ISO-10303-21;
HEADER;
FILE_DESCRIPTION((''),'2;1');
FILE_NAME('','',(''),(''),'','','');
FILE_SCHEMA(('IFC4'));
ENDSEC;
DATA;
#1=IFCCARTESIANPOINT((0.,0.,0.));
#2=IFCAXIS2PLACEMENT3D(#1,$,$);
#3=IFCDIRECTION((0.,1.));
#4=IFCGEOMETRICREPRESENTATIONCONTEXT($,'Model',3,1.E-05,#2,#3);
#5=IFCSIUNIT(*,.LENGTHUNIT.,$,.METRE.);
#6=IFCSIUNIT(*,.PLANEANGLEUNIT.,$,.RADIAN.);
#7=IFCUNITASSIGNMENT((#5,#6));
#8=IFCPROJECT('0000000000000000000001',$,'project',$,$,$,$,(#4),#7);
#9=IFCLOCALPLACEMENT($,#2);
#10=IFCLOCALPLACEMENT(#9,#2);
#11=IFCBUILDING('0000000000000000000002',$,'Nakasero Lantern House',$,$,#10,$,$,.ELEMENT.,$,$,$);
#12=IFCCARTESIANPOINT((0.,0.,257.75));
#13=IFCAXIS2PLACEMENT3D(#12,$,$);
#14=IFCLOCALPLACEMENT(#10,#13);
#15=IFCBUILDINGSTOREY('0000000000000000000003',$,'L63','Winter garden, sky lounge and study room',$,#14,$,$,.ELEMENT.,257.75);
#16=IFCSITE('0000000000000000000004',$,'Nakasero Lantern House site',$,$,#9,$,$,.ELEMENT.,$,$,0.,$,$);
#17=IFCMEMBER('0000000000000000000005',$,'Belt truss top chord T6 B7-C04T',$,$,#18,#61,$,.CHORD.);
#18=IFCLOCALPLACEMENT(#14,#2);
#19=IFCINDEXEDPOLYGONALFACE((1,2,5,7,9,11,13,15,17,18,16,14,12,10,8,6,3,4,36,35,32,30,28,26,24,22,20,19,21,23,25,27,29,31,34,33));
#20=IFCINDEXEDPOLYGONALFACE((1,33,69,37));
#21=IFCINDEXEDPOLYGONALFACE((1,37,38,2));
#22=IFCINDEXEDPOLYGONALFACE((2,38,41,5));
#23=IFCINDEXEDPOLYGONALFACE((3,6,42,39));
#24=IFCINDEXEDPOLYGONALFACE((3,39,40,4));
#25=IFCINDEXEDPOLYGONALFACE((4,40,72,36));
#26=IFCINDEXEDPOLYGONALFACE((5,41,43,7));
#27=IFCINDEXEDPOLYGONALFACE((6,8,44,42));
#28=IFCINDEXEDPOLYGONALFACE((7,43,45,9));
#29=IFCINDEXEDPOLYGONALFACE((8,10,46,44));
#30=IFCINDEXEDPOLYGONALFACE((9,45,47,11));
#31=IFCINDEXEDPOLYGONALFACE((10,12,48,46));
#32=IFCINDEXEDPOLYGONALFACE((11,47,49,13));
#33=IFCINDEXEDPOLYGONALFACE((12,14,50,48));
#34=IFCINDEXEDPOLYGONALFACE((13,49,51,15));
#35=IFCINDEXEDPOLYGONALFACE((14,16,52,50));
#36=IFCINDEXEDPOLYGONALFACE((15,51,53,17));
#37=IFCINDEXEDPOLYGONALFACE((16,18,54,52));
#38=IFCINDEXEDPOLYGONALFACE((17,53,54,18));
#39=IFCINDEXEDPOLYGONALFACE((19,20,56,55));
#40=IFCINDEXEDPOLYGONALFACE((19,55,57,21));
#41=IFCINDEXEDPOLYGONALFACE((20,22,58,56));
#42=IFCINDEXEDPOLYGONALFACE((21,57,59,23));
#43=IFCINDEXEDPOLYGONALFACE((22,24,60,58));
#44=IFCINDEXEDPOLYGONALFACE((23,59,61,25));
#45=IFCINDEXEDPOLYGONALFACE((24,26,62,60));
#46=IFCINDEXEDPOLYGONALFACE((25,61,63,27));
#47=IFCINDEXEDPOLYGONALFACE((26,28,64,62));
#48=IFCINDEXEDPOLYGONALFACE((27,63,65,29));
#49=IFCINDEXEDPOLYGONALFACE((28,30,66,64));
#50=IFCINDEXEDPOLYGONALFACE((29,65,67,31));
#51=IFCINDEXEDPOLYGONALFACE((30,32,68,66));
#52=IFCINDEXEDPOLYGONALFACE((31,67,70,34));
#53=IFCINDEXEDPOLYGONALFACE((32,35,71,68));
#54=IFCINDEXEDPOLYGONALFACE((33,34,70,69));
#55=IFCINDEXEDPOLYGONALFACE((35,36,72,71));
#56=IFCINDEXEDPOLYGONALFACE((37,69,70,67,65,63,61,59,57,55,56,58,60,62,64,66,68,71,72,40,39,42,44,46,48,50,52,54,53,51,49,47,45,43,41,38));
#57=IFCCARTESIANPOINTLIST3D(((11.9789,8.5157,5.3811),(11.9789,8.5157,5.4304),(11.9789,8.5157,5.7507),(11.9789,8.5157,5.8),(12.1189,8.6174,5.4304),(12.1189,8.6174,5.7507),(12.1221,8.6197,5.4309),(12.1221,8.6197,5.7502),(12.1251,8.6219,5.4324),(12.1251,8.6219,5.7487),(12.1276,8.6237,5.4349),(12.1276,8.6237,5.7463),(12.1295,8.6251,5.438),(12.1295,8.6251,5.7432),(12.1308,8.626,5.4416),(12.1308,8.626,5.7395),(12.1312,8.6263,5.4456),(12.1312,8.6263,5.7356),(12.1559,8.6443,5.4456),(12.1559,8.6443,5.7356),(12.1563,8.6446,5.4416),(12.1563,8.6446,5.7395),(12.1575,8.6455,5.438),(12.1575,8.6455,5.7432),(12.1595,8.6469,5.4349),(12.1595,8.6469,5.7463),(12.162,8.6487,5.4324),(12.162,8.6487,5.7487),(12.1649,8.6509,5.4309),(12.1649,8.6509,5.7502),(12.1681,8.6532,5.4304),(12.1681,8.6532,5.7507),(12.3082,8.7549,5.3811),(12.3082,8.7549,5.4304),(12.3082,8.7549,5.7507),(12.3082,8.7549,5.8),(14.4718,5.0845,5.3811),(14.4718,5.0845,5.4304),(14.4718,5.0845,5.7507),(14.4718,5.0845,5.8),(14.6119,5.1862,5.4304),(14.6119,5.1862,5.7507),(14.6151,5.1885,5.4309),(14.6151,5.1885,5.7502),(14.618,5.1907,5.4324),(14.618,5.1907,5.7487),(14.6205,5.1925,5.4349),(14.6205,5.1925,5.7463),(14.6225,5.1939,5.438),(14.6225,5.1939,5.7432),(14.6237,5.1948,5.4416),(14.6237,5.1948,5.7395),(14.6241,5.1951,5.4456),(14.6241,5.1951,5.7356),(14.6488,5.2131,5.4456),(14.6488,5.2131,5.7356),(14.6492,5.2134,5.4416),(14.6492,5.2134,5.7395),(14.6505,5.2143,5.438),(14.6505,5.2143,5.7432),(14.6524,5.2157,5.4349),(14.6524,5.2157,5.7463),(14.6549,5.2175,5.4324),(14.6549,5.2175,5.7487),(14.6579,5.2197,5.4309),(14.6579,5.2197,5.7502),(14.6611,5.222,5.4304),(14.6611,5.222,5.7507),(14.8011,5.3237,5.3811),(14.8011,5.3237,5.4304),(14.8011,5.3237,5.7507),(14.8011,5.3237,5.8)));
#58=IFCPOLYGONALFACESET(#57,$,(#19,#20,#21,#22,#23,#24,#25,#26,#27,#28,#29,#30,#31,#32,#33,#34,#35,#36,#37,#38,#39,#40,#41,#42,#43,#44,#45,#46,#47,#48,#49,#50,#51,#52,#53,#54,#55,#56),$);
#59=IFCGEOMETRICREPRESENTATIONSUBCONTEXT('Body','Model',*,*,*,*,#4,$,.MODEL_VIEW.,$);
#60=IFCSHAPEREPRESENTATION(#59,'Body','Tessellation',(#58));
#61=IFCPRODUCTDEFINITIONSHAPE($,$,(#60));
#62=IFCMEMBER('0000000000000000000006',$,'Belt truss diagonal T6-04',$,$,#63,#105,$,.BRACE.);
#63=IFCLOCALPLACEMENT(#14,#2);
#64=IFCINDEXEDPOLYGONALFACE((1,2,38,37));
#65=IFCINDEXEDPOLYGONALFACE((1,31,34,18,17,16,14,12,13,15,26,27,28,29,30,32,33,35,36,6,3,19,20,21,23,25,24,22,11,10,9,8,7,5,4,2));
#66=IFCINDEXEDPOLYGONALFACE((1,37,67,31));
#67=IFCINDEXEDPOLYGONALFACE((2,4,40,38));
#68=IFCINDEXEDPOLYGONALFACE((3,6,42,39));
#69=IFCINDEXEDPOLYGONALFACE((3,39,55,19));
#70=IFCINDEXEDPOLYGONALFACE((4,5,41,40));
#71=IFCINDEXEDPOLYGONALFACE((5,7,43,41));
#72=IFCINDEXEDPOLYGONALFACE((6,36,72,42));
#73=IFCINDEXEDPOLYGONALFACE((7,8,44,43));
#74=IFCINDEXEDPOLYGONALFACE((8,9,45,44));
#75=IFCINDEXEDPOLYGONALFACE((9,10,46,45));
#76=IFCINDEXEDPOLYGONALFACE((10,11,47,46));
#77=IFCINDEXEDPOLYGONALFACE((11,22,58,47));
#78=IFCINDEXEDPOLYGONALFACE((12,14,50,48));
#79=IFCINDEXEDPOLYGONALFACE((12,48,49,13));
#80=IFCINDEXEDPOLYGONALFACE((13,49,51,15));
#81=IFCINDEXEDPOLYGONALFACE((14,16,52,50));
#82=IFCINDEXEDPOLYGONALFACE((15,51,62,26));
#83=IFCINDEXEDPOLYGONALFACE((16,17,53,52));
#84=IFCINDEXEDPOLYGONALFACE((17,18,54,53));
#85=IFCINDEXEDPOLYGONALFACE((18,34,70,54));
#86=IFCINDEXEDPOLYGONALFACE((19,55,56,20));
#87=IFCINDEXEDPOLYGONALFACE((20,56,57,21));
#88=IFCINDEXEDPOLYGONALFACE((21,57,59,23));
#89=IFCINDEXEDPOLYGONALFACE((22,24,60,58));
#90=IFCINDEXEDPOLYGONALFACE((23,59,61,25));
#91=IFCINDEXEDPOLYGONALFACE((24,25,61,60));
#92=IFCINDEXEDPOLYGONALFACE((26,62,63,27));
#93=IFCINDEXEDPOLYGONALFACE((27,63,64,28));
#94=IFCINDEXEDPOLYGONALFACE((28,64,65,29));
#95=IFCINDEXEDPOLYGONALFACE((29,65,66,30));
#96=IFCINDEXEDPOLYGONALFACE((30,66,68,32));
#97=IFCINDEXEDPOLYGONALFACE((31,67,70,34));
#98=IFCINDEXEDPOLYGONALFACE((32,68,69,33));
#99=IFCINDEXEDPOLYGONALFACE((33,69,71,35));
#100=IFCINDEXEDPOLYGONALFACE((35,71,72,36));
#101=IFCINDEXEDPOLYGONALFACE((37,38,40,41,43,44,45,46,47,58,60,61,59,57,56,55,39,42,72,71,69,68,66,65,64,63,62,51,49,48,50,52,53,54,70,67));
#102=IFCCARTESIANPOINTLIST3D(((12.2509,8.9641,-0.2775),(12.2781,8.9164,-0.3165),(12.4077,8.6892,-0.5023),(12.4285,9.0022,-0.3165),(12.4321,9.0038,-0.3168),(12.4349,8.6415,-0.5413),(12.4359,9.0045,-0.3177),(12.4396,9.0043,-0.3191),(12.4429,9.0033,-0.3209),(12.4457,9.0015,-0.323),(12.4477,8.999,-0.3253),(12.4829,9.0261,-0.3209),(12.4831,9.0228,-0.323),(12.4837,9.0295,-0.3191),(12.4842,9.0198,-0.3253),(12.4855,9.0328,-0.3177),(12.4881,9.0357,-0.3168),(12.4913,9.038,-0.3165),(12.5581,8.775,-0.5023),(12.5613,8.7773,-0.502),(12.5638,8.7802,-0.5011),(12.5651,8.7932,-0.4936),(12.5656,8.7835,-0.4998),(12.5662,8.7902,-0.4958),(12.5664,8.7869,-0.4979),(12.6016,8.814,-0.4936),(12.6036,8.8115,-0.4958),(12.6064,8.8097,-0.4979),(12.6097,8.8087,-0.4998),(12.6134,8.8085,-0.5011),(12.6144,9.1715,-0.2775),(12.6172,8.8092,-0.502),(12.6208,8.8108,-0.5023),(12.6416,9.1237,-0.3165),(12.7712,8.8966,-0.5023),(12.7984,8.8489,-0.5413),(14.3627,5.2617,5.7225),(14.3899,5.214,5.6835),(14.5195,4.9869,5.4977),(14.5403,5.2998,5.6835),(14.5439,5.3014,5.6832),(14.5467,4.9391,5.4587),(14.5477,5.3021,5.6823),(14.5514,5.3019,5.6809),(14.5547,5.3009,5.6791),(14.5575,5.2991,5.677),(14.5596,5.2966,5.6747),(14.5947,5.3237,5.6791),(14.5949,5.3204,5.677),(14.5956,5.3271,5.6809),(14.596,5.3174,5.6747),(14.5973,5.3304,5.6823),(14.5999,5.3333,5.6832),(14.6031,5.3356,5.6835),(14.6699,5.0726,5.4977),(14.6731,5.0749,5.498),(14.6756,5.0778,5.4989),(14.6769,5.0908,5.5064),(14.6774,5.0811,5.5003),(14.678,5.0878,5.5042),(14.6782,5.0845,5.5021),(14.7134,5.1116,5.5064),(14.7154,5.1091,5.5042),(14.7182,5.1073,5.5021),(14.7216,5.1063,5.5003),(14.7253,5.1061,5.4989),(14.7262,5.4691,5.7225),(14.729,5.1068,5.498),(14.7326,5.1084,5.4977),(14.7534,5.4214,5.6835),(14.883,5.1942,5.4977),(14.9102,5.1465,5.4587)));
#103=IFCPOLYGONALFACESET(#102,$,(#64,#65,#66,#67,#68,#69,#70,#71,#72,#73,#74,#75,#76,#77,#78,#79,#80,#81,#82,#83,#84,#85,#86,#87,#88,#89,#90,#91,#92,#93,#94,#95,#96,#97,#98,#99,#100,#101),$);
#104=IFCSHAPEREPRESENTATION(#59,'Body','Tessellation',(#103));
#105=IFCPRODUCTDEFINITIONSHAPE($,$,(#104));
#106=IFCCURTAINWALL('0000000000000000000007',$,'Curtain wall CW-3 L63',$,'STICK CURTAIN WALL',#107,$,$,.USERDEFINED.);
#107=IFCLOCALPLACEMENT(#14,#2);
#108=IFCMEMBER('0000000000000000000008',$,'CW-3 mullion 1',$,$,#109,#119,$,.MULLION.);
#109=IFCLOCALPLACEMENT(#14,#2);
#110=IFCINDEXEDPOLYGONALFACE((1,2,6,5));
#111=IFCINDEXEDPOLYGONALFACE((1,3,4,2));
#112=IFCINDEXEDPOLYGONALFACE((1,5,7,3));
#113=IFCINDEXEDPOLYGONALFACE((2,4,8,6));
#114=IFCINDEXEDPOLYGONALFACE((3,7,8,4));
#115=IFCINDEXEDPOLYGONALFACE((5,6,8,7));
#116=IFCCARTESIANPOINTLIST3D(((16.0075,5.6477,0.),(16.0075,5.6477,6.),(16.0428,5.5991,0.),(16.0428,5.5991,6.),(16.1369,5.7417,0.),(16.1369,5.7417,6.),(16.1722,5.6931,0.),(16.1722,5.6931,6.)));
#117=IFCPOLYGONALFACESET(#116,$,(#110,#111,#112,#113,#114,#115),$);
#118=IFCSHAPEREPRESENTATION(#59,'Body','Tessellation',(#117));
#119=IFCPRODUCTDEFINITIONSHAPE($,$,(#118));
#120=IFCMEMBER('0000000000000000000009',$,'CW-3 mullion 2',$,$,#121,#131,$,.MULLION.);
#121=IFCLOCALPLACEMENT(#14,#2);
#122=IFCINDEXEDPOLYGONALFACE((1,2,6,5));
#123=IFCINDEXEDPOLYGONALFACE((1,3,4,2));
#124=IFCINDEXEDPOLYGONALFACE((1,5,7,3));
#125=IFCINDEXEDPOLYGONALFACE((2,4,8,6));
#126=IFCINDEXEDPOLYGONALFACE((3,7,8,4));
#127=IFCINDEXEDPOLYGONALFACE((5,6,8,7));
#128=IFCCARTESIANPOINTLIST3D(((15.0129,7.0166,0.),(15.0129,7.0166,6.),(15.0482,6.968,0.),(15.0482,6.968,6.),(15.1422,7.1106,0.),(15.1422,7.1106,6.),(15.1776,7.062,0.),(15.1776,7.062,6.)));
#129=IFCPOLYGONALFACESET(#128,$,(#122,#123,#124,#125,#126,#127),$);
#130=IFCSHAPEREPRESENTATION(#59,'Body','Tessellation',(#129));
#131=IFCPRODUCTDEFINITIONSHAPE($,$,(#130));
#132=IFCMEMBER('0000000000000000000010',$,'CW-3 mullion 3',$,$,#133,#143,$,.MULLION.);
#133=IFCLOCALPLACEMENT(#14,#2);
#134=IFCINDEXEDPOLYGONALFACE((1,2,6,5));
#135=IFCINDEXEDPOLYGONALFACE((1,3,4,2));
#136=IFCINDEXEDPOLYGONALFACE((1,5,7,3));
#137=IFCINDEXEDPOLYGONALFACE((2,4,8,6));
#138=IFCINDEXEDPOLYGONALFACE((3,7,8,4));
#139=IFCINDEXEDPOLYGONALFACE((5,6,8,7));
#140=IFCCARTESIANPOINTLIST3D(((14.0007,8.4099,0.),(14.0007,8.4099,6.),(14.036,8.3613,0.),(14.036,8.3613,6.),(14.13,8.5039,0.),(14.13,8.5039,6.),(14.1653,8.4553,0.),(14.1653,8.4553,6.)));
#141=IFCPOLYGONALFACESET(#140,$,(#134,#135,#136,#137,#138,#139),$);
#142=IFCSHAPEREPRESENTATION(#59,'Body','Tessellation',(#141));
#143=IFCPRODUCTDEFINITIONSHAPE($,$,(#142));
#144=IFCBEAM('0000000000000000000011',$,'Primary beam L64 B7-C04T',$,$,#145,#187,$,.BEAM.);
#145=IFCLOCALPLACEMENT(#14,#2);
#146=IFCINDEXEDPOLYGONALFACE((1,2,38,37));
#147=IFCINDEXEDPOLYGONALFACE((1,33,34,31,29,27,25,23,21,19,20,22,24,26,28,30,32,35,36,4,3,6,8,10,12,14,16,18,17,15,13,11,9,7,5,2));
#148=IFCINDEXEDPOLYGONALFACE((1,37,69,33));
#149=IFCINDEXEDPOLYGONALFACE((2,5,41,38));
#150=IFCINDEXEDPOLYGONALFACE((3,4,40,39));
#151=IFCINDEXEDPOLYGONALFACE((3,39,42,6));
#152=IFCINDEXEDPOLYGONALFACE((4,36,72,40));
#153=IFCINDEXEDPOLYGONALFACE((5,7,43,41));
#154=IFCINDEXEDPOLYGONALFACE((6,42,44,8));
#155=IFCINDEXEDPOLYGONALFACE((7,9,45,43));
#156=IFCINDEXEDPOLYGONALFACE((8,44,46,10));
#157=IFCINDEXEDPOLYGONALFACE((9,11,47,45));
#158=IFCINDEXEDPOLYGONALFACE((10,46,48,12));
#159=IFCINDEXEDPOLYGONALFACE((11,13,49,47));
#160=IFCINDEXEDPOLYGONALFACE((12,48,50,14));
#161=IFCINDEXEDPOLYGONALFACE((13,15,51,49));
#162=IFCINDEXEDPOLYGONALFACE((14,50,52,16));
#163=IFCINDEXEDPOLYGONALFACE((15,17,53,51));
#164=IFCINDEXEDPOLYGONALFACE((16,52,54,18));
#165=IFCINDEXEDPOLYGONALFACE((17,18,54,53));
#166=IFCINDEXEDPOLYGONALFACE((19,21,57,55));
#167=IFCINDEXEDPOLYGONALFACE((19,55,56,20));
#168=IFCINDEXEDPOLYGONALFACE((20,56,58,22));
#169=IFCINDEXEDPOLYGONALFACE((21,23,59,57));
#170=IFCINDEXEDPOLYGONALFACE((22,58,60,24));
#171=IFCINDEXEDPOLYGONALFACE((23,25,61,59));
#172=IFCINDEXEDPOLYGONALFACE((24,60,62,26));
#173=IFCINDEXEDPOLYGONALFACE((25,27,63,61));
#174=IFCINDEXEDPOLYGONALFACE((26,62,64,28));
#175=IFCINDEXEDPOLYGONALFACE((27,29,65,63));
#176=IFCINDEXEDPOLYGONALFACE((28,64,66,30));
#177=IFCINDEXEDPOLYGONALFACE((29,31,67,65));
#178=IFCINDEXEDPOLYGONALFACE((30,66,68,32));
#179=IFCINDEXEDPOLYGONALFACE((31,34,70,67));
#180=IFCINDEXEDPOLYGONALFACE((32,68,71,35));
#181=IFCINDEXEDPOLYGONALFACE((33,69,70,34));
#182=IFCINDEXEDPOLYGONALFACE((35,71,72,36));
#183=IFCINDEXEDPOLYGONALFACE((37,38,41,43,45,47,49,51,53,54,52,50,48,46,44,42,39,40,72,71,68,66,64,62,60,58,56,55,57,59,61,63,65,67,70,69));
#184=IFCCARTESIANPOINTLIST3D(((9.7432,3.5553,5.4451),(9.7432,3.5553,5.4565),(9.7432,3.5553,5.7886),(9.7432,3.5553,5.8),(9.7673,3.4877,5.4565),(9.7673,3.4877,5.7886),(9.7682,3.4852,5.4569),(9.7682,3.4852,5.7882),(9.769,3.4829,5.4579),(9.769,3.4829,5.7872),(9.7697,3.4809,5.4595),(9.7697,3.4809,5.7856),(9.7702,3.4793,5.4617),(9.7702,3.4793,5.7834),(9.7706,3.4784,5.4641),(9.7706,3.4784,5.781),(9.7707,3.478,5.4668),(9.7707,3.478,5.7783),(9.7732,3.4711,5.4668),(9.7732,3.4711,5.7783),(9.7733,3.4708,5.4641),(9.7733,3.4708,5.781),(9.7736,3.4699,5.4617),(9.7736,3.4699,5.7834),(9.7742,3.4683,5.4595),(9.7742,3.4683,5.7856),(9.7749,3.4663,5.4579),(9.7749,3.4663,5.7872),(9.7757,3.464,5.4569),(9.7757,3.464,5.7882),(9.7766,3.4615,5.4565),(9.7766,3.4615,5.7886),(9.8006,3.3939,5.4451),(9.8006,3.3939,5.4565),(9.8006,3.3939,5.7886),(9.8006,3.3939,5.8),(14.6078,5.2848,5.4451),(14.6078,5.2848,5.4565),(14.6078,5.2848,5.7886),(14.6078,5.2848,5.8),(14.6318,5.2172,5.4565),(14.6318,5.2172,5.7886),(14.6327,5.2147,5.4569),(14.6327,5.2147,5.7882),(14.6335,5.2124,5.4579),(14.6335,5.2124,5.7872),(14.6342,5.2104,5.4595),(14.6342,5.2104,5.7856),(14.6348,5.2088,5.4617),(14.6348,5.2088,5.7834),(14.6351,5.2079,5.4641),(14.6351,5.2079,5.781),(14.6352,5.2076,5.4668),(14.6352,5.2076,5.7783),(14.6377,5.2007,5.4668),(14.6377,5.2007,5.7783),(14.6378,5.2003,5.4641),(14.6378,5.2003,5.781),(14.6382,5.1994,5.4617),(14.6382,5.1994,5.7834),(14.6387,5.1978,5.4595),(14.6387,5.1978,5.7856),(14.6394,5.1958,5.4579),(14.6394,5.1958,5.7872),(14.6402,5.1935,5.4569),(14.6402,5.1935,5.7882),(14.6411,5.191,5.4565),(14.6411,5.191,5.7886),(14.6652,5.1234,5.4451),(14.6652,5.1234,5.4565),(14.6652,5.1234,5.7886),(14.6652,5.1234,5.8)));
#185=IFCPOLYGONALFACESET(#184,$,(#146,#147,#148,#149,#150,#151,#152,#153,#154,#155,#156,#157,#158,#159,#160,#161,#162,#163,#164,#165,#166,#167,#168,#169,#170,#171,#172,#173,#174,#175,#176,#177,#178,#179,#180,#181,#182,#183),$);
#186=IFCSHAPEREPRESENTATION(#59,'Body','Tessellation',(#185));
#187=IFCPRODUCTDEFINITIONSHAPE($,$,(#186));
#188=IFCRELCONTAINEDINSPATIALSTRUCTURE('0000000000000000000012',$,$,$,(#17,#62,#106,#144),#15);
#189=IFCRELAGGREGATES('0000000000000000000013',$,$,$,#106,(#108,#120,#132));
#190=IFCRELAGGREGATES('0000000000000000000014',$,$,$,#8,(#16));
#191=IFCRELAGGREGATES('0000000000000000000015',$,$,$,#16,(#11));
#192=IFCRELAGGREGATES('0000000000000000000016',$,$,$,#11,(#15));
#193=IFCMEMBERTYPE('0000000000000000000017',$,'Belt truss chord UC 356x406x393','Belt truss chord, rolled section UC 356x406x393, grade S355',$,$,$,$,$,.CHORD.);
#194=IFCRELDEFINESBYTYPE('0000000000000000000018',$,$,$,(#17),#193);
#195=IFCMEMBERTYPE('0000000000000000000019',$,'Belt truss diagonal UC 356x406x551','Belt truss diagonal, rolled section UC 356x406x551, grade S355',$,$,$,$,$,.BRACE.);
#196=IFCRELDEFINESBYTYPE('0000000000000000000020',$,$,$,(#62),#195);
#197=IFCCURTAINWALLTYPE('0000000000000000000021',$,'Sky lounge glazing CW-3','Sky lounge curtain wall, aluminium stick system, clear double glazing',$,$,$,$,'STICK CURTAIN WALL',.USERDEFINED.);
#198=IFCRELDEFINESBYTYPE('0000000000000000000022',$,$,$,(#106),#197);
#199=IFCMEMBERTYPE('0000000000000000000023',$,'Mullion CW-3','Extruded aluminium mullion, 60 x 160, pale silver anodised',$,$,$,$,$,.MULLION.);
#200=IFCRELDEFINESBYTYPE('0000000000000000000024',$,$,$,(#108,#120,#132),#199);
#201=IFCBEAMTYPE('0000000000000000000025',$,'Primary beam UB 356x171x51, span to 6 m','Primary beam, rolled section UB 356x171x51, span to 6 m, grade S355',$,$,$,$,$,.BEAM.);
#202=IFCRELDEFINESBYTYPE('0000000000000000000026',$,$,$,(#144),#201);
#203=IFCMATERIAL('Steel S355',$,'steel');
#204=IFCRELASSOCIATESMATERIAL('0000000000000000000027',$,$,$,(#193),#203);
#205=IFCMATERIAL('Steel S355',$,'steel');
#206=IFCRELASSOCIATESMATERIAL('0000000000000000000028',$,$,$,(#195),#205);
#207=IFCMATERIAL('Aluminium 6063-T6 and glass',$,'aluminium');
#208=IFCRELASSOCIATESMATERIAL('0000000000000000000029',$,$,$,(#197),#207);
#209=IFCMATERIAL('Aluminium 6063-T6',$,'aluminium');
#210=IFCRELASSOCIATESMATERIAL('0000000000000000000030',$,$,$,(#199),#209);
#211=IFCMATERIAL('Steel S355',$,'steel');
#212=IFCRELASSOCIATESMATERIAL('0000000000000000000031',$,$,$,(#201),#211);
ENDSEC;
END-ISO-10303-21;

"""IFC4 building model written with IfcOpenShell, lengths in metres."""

from ifc_helpers import new_model, si_unit, direction, frame, origin, origin_2d, place, context, subcontext, project, spatial, rectangle, i_section, extrude, material, material_profile, profile_set, type_object, element, aggregate, save


model = new_model("IFC4")

# Units and contexts
model_context = context("Model", 3, precision=1e-05, world=origin(), true_north=direction((0.0, 1.0)))
body_context = subcontext(model_context, "Body", "Model", "MODEL_VIEW")
ifc_project = project(units=[si_unit("LENGTHUNIT", "METRE"), si_unit("PLANEANGLEUNIT", "RADIAN")], contexts=[model_context])

# Site, building, storey
site_placement = place(None, origin())
site = spatial("IfcSite", under=ifc_project, at=site_placement, Name="Nakasero Lantern House site", CompositionType="ELEMENT", RefElevation=0.0)
building_placement = place(site_placement, origin())
building = spatial("IfcBuilding", under=site, at=building_placement, Name="Nakasero Lantern House", CompositionType="ELEMENT")
storey_placement = place(building_placement, frame((0.0, 0.0, 257.75)))
storey = spatial("IfcBuildingStorey", under=building, at=storey_placement, Name="L63", Description="Winter garden, sky lounge and study room", CompositionType="ELEMENT", Elevation=257.75)

# Members
ifc_material_1 = material(Name="Steel S355", Category="steel")
ifc_material_profile_1 = material_profile(ifc_material_1, i_section(OverallWidth=0.407, OverallDepth=0.4189, WebThickness=0.0305, FlangeThickness=0.0493, FilletRadius=0.0151, at=origin_2d()), Name="UC 356x406x393")
ifc_profile_set_1 = profile_set([ifc_material_profile_1], Name="Steel S355")
member_type_1 = type_object("IfcMemberType", Name="Belt truss chord UC 356x406x393", Description="Belt truss chord, rolled section UC 356x406x393, grade S355", PredefinedType="CHORD", material=ifc_profile_set_1)
member_1_placement = place(storey_placement, frame((14.6365, 5.2041, 5.5906), z_axis=(-0.587792, 0.809012, 0.0), x_axis=(-0.809012, -0.587792, 0.0)))
element("IfcMember", 1, at=member_1_placement, inside=storey, type_object=member_type_1, Name="Belt truss top chord T6 B7-C04T", PredefinedType="CHORD", context=body_context, shape_type="SweptSolid", body=[
    extrude(i_section(OverallWidth=0.407, OverallDepth=0.4189, WebThickness=0.0305, FlangeThickness=0.0493, FilletRadius=0.0151, at=origin_2d()), origin(), (0.0, 0.0, 1.0), 4.2412),
])
ifc_material_2 = material(Name="Steel S355", Category="steel")
ifc_material_profile_2 = material_profile(ifc_material_2, i_section(OverallWidth=0.4185, OverallDepth=0.4556, WebThickness=0.042, FlangeThickness=0.0674, FilletRadius=0.0151, at=origin_2d()), Name="UC 356x406x551")
ifc_profile_set_2 = profile_set([ifc_material_profile_2], Name="Steel S355")
member_type_2 = type_object("IfcMemberType", Name="Belt truss diagonal UC 356x406x551", Description="Belt truss diagonal, rolled section UC 356x406x551, grade S355", PredefinedType="BRACE", material=ifc_profile_set_2)
member_2_placement = place(storey_placement, frame((14.6365, 5.2041, 5.5906), z_axis=(-0.286937, 0.503052, -0.815233), x_axis=(-0.868631, -0.49546, 0.0)))
element("IfcMember", 2, at=member_2_placement, inside=storey, type_object=member_type_2, Name="Belt truss diagonal T6-04", PredefinedType="BRACE", context=body_context, shape_type="SweptSolid", body=[
    extrude(i_section(OverallWidth=0.4185, OverallDepth=0.4556, WebThickness=0.042, FlangeThickness=0.0674, FilletRadius=0.0151, at=origin_2d()), origin(), (0.0, 0.0, 1.0), 7.3599),
])

# Curtain wall, members
ifc_material_3 = material(Name="Aluminium 6063-T6 and glass", Category="aluminium")
curtain_wall_type = type_object("IfcCurtainWallType", Name="Sky lounge glazing CW-3", Description="Sky lounge curtain wall, aluminium stick system, clear double glazing", ElementType="STICK CURTAIN WALL", PredefinedType="USERDEFINED", material=ifc_material_3)
curtain_wall_placement = place(storey_placement, origin())
curtain_wall = element("IfcCurtainWall", 3, at=curtain_wall_placement, inside=storey, type_object=curtain_wall_type, Name="Curtain wall CW-3 L63", ObjectType="STICK CURTAIN WALL", PredefinedType="USERDEFINED")
ifc_material_4 = material(Name="Aluminium 6063-T6", Category="aluminium")
ifc_material_profile_3 = material_profile(ifc_material_4, rectangle(XDim=0.0601, YDim=0.1599, at=origin_2d()), Name="CW-3 mullion 60x160")
ifc_profile_set_3 = profile_set([ifc_material_profile_3], Name="Aluminium 6063-T6")
member_type_3 = type_object("IfcMemberType", Name="Mullion CW-3", Description="Extruded aluminium mullion, 60 x 160, pale silver anodised", PredefinedType="MULLION", material=ifc_profile_set_3)
member_3_placement = place(storey_placement, frame((16.0898, 5.6704, 0.0), z_axis=(0.0, 0.0, 1.0), x_axis=(-0.587785, 0.809017, 0.0)))
member_3 = element("IfcMember", 4, at=member_3_placement, type_object=member_type_3, Name="CW-3 mullion 1", PredefinedType="MULLION", context=body_context, shape_type="SweptSolid", body=[
    extrude(rectangle(XDim=0.0601, YDim=0.1599, at=origin_2d()), origin(), (0.0, 0.0, 1.0), 6.0),
])
member_4_placement = place(storey_placement, frame((15.0952, 7.0393, 0.0), z_axis=(0.0, 0.0, 1.0), x_axis=(-0.587785, 0.809017, 0.0)))
member_4 = element("IfcMember", 5, at=member_4_placement, type_object=member_type_3, Name="CW-3 mullion 2", PredefinedType="MULLION", context=body_context, shape_type="SweptSolid", body=[
    extrude(rectangle(XDim=0.0601, YDim=0.1599, at=origin_2d()), origin(), (0.0, 0.0, 1.0), 6.0),
])
member_5_placement = place(storey_placement, frame((14.083, 8.4326, 0.0), z_axis=(0.0, 0.0, 1.0), x_axis=(-0.587785, 0.809017, 0.0)))
member_5 = element("IfcMember", 6, at=member_5_placement, type_object=member_type_3, Name="CW-3 mullion 3", PredefinedType="MULLION", context=body_context, shape_type="SweptSolid", body=[
    extrude(rectangle(XDim=0.0601, YDim=0.1599, at=origin_2d()), origin(), (0.0, 0.0, 1.0), 6.0),
])

# Beam
ifc_material_5 = material(Name="Steel S355", Category="steel")
ifc_material_profile_4 = material_profile(ifc_material_5, i_section(OverallWidth=0.1714, OverallDepth=0.355, WebThickness=0.0073, FlangeThickness=0.0115, FilletRadius=0.0103, at=origin_2d()), Name="UB 356x171x51")
ifc_profile_set_4 = profile_set([ifc_material_profile_4], Name="Steel S355")
beam_type = type_object("IfcBeamType", Name="Primary beam UB 356x171x51, span to 6 m", Description="Primary beam, rolled section UB 356x171x51, span to 6 m, grade S355", PredefinedType="BEAM", material=ifc_profile_set_4)
beam_placement = place(storey_placement, frame((14.6365, 5.2041, 5.6226), z_axis=(-0.942221, -0.334991, 0.0), x_axis=(0.334991, -0.942221, 0.0)))
element("IfcBeam", 7, at=beam_placement, inside=storey, type_object=beam_type, Name="Primary beam L64 B7-C04T", PredefinedType="BEAM", context=body_context, shape_type="SweptSolid", body=[
    extrude(i_section(OverallWidth=0.1714, OverallDepth=0.355, WebThickness=0.0073, FlangeThickness=0.0115, FilletRadius=0.0103, at=origin_2d()), origin(), (0.0, 0.0, 1.0), 5.1628),
])

aggregate(curtain_wall, [member_3, member_4, member_5])

save(model, "model.ifc")
